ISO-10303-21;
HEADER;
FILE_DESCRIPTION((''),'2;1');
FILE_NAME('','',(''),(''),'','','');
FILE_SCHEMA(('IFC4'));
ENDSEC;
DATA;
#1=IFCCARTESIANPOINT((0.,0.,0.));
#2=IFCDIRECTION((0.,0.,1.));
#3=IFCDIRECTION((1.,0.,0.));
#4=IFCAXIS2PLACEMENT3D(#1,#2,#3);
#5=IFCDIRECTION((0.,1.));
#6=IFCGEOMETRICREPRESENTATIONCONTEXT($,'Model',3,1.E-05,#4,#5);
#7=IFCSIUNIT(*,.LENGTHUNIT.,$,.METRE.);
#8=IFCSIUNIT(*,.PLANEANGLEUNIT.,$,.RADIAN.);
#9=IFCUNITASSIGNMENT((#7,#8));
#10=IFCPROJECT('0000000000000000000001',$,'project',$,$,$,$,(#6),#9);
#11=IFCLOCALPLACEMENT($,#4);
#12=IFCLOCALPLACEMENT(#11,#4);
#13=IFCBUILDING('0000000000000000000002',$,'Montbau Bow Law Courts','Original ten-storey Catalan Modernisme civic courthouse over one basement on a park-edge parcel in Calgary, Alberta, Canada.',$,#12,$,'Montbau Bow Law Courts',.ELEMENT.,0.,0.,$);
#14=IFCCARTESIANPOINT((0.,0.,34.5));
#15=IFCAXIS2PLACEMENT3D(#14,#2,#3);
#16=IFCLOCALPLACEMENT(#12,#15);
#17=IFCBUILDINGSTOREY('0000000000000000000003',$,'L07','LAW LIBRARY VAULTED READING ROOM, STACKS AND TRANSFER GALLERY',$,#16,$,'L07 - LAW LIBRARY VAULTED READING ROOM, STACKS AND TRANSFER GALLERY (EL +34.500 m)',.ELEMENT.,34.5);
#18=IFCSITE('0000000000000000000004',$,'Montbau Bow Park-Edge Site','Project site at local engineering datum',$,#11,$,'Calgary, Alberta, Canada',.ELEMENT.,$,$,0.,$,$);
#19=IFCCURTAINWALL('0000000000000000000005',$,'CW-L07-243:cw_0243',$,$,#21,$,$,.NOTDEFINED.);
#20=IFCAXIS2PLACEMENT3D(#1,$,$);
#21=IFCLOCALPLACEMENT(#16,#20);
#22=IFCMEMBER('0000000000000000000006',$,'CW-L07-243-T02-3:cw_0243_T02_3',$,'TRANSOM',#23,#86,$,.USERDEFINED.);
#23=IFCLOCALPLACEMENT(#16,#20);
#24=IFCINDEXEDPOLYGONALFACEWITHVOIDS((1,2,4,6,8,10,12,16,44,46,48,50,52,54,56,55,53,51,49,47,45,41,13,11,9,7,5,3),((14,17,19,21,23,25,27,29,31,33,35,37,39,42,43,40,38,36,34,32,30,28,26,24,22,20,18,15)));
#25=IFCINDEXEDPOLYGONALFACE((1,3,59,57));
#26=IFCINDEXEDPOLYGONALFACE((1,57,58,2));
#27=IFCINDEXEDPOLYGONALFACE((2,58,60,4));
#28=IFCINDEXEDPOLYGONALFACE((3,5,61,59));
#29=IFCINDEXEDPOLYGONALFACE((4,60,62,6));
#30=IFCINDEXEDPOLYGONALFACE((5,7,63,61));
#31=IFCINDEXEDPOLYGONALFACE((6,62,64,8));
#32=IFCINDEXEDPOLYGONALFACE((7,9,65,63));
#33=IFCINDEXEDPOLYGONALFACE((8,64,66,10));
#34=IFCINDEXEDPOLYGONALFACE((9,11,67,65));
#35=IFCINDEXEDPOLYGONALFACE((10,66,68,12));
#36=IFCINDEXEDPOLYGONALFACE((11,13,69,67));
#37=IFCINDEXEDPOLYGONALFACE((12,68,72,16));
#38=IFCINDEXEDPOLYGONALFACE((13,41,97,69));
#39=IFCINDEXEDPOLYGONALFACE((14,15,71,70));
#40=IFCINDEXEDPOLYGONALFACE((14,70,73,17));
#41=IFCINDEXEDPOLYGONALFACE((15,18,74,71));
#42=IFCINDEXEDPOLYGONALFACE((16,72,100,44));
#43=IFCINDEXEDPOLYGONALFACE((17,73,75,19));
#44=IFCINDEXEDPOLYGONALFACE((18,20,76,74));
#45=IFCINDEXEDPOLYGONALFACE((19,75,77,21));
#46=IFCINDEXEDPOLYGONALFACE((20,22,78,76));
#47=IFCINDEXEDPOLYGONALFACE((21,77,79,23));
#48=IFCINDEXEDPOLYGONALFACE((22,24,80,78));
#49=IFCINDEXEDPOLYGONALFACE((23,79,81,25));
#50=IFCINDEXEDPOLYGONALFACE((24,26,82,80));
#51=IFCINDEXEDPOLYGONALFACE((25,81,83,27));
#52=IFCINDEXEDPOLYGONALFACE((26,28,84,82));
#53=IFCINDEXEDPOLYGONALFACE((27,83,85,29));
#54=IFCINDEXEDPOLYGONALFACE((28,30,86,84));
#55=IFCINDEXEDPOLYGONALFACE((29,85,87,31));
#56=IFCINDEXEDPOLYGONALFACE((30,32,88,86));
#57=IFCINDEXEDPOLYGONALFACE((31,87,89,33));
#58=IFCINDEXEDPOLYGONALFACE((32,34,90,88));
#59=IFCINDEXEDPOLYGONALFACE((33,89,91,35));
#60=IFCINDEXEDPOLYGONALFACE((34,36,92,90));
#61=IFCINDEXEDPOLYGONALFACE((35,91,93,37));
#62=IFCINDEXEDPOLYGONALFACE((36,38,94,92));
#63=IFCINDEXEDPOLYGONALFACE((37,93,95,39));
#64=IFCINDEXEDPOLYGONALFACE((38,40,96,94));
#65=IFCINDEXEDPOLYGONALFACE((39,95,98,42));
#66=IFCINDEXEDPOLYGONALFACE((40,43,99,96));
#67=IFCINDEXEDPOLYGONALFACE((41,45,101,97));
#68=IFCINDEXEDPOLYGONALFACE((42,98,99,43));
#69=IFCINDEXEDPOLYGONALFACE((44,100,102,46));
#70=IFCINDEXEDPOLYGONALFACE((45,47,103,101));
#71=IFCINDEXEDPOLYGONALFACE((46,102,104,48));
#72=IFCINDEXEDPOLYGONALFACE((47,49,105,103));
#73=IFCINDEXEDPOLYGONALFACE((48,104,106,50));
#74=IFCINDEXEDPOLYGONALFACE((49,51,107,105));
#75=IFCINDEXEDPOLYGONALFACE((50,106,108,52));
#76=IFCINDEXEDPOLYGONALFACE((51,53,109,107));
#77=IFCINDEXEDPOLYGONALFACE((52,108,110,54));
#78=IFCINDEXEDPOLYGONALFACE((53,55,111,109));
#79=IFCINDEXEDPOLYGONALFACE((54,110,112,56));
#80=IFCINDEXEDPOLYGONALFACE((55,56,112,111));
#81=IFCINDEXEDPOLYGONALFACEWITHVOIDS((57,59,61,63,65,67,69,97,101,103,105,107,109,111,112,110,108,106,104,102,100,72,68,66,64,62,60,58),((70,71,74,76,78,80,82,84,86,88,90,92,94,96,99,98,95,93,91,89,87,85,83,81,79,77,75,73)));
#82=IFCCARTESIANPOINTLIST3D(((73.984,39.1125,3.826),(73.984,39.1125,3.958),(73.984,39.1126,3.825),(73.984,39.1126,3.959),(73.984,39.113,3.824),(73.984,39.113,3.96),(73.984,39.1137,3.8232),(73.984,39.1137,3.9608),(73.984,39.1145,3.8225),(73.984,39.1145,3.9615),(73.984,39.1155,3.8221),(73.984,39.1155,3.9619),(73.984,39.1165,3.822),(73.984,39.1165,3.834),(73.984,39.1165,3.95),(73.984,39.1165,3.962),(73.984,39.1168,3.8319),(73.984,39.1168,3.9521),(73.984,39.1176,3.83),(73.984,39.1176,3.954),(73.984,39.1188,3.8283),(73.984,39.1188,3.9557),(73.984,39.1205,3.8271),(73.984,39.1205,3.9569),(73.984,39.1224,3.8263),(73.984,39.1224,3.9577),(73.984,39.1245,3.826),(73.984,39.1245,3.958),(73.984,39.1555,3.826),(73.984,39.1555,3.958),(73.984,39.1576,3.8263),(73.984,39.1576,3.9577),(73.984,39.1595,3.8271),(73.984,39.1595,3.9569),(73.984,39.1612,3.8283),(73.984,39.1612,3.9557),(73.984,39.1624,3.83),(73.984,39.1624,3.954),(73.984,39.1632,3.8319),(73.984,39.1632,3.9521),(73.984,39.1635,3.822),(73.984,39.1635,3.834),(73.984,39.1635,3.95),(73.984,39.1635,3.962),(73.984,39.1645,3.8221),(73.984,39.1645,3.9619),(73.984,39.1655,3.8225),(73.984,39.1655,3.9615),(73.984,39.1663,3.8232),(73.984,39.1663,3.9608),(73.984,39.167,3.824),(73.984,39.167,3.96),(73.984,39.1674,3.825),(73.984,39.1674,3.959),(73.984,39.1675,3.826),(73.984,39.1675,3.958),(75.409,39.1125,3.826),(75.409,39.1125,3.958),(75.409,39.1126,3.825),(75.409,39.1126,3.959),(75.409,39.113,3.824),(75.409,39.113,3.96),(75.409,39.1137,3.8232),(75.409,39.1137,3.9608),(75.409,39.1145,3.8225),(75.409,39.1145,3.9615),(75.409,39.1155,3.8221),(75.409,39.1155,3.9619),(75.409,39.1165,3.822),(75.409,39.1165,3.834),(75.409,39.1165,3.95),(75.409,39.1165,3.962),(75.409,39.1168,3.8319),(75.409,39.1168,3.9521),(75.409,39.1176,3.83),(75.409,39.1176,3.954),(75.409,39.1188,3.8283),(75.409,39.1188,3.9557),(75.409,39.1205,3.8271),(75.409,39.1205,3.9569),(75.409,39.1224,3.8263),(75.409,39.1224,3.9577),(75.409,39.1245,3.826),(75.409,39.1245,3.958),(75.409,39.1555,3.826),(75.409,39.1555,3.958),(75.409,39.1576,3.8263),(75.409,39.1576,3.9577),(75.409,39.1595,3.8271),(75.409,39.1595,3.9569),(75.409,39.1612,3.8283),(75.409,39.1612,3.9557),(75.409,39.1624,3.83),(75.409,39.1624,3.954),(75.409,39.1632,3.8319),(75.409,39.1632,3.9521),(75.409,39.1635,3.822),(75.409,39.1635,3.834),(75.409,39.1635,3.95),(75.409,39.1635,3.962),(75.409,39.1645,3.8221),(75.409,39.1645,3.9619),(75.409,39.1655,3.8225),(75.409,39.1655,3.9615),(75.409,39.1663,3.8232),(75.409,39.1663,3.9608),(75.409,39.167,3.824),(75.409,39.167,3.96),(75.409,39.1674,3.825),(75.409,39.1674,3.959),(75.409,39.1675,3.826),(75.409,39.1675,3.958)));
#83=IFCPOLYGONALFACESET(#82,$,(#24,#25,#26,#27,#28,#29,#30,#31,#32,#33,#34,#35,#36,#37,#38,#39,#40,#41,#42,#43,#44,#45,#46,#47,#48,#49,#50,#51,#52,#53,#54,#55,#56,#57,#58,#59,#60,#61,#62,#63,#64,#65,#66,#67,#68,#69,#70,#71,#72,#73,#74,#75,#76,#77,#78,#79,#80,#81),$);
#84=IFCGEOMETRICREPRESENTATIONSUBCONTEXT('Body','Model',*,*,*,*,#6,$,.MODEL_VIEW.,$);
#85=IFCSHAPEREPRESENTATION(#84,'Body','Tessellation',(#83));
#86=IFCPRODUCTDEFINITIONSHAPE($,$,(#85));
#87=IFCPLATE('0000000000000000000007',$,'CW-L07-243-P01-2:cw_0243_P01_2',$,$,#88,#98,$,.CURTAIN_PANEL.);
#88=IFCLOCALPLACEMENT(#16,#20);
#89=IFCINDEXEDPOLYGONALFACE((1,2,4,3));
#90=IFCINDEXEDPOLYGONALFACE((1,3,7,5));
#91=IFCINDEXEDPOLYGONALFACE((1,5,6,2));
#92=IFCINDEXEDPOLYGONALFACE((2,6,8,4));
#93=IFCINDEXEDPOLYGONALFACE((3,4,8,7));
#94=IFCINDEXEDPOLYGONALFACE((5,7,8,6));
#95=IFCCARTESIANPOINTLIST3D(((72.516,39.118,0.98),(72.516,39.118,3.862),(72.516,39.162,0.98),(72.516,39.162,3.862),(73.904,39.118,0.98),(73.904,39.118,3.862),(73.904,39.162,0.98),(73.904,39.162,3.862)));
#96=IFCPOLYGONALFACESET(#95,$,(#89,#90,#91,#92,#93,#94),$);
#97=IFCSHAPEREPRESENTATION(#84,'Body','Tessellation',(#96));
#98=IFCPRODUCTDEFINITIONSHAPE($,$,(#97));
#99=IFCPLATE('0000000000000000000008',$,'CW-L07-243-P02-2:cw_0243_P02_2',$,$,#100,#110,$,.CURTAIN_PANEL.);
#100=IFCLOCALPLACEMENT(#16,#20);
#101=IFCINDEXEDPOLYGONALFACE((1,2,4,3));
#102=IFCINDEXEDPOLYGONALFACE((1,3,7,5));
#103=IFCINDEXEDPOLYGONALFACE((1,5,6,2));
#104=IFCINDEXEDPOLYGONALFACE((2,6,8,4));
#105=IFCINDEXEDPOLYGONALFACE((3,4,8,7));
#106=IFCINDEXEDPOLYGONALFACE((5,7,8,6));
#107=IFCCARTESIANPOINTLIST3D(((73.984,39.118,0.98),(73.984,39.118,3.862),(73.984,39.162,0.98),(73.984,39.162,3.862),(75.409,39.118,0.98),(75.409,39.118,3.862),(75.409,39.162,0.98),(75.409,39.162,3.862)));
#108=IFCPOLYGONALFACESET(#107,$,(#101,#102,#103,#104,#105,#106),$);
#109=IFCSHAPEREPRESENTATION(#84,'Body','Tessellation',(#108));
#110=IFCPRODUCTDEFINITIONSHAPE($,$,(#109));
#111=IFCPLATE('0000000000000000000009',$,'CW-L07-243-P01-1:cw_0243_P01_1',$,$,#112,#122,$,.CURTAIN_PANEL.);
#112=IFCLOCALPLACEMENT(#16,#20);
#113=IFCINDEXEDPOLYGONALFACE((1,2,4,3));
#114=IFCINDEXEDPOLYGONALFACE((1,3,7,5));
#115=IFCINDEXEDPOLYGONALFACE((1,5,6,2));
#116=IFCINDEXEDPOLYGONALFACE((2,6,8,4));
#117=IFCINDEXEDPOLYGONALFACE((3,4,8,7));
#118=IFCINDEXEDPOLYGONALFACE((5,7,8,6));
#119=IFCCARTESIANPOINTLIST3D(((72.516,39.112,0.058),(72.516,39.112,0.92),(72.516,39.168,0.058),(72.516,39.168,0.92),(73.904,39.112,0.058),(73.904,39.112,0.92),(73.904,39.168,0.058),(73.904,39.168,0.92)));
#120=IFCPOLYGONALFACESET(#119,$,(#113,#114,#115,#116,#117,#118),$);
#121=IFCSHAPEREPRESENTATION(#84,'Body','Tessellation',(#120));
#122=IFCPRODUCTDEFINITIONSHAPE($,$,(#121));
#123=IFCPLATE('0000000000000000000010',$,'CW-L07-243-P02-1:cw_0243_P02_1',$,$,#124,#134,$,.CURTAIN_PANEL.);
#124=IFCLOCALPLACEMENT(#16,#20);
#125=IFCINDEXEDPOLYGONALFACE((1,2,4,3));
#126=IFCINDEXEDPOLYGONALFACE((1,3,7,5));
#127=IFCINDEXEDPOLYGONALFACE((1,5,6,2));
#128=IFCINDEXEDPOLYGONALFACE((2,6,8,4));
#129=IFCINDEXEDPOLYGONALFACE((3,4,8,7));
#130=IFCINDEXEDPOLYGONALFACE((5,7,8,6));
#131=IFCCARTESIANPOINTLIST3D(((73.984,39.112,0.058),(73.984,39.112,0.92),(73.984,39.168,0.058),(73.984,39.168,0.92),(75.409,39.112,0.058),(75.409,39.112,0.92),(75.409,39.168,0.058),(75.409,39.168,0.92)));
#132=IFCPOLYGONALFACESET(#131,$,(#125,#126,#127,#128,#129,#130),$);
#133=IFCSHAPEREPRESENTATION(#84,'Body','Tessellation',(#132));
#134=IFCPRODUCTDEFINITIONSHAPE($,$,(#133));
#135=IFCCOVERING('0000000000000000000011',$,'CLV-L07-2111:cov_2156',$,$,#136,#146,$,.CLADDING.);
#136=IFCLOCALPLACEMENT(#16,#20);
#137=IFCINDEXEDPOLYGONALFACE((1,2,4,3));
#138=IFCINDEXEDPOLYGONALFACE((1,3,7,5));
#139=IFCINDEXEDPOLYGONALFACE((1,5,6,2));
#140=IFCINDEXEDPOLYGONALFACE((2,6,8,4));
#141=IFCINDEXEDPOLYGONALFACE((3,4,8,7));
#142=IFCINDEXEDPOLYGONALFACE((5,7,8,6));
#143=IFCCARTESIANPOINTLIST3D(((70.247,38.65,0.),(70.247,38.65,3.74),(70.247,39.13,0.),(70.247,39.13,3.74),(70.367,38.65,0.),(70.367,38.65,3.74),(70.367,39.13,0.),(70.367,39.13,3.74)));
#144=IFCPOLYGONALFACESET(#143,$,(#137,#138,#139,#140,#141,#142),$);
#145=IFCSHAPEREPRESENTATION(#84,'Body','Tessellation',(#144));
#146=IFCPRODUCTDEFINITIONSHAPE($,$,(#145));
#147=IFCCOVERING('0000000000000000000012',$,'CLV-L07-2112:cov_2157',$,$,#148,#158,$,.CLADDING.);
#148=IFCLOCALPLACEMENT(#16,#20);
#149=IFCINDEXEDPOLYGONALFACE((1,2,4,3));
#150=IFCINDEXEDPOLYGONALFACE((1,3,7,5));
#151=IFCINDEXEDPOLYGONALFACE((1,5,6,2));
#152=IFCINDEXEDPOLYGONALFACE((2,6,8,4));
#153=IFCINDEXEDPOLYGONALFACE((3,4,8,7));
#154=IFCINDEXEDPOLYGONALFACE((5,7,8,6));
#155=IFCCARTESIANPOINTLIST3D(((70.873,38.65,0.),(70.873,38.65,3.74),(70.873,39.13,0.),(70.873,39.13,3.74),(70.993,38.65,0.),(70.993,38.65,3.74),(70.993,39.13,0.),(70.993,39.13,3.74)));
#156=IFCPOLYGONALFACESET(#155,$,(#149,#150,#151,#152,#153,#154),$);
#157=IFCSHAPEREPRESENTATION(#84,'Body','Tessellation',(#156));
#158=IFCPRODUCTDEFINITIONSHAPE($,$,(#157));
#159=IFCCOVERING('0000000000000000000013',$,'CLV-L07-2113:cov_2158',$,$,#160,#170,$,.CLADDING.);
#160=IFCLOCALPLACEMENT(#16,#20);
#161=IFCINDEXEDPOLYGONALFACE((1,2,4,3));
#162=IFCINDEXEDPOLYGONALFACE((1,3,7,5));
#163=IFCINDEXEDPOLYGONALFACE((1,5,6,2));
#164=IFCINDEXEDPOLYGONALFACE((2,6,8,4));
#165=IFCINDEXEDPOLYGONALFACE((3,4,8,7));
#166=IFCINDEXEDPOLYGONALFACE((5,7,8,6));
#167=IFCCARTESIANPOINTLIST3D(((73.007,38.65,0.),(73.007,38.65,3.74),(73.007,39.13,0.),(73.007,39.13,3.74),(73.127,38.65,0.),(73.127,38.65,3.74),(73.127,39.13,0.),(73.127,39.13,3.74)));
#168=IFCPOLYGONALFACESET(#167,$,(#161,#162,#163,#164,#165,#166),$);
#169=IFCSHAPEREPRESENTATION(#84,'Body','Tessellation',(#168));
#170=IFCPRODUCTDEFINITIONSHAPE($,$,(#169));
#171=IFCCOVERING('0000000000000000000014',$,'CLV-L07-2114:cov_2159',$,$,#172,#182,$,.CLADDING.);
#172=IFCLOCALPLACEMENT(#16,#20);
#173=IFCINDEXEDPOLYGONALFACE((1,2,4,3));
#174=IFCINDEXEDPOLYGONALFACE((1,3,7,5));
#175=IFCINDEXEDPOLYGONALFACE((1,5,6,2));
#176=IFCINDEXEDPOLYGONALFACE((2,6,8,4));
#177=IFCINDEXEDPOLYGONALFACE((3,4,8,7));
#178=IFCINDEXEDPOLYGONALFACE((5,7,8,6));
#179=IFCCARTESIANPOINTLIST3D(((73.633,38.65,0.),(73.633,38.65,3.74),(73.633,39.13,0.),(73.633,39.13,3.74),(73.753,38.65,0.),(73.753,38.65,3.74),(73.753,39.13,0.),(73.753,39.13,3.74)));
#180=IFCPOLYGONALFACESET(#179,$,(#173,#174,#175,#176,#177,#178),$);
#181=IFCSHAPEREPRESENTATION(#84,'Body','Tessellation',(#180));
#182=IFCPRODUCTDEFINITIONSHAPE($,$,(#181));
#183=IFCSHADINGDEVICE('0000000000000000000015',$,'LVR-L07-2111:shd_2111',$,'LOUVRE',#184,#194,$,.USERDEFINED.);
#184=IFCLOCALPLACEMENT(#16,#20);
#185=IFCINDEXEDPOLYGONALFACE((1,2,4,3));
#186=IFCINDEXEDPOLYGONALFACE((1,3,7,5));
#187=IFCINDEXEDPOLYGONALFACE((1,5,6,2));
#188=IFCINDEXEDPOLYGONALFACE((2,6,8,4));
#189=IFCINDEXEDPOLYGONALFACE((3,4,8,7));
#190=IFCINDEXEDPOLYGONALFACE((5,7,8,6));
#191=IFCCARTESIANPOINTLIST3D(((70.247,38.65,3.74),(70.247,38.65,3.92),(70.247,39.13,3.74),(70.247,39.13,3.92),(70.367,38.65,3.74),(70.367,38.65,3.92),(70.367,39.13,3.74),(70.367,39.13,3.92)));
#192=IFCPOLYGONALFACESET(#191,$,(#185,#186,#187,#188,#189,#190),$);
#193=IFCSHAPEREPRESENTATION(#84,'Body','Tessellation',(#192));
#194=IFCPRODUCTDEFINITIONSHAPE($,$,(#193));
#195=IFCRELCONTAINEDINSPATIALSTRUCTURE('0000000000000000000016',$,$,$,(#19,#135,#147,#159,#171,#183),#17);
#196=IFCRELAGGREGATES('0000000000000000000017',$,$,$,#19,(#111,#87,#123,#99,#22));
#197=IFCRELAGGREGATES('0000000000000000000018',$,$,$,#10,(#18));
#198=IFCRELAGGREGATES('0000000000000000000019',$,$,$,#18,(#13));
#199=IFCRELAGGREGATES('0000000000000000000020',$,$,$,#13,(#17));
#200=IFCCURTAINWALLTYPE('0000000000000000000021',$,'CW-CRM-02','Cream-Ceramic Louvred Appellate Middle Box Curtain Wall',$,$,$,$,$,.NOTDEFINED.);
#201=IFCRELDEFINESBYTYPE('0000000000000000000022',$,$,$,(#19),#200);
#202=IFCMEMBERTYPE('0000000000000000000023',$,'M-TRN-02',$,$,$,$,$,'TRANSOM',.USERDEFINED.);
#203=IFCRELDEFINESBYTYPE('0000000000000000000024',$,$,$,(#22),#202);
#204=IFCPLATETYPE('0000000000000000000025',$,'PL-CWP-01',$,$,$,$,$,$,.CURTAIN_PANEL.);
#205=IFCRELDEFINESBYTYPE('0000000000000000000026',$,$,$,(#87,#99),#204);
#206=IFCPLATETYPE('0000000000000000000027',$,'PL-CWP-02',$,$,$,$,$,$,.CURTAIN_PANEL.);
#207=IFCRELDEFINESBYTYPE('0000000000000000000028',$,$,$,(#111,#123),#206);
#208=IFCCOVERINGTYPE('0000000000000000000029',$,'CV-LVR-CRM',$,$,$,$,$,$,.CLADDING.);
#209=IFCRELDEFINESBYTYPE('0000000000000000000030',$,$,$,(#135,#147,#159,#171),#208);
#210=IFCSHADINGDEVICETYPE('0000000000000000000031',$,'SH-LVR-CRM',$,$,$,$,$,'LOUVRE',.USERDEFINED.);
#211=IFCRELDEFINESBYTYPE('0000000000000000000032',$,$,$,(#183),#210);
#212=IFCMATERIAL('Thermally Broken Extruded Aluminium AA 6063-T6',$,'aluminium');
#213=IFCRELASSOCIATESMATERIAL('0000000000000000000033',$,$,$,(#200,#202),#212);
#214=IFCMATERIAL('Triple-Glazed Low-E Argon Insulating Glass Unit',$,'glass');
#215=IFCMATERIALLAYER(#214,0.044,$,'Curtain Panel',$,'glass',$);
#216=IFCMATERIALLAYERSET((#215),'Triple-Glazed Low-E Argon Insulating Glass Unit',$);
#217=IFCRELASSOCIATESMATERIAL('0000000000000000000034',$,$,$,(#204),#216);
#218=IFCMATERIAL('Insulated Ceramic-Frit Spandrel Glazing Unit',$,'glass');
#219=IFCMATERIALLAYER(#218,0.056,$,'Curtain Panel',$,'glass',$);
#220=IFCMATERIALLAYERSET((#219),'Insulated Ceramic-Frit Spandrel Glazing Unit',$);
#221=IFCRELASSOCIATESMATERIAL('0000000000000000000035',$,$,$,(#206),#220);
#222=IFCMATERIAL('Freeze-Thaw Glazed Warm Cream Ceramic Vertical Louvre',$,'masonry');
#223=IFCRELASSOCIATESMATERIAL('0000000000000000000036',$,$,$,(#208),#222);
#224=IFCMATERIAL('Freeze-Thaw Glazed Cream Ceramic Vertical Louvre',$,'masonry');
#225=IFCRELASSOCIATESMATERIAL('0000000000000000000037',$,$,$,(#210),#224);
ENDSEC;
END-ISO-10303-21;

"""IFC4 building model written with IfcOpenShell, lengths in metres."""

from ifc_helpers import new_model, si_unit, direction, frame, frame_2d, origin_with_axes, origin_2d_with_axis, place, context, subcontext, project, spatial, rectangle, hollow_rectangle, extrude, material, layer, layer_set, material_profile, profile_set, type_object, element, aggregate, save


model = new_model("IFC4")

# Units and contexts
model_context = context("Model", 3, precision=1e-05, world=origin_with_axes(), true_north=direction((0.0, 1.0)))
body_context = subcontext(model_context, "Body", "Model", "MODEL_VIEW")
ifc_project = project(units=[si_unit("LENGTHUNIT", "METRE"), si_unit("PLANEANGLEUNIT", "RADIAN")], contexts=[model_context])

# Site, building, storey
site_placement = place(None, origin_with_axes())
site = spatial("IfcSite", under=ifc_project, at=site_placement, Name="Montbau Bow Park-Edge Site", Description="Project site at local engineering datum", LongName="Calgary, Alberta, Canada", CompositionType="ELEMENT", RefElevation=0.0)
building_placement = place(site_placement, origin_with_axes())
building = spatial("IfcBuilding", under=site, at=building_placement, Name="Montbau Bow Law Courts", Description="Original ten-storey Catalan Modernisme civic courthouse over one basement on a park-edge parcel in Calgary, Alberta, Canada.", LongName="Montbau Bow Law Courts", CompositionType="ELEMENT", ElevationOfRefHeight=0.0, ElevationOfTerrain=0.0)
storey_placement = place(building_placement, frame((0.0, 0.0, 34.5), z_axis=(0.0, 0.0, 1.0), x_axis=(1.0, 0.0, 0.0)))
storey = spatial("IfcBuildingStorey", under=building, at=storey_placement, Name="L07", Description="LAW LIBRARY VAULTED READING ROOM, STACKS AND TRANSFER GALLERY", LongName="L07 - LAW LIBRARY VAULTED READING ROOM, STACKS AND TRANSFER GALLERY (EL +34.500 m)", CompositionType="ELEMENT", Elevation=34.5)

# Curtain wall
ifc_material_1 = material(Name="Thermally Broken Extruded Aluminium AA 6063-T6", Category="aluminium")
curtain_wall_type = type_object("IfcCurtainWallType", Name="CW-CRM-02", Description="Cream-Ceramic Louvred Appellate Middle Box Curtain Wall", PredefinedType="NOTDEFINED", material=ifc_material_1)
curtain_wall_1_placement = place(None, frame((72.44, 39.14, 34.5), z_axis=(0.0, 0.0, 1.0), x_axis=(1.0, 0.0, 0.0)))
curtain_wall_1 = element("IfcCurtainWall", 1, at=curtain_wall_1_placement, inside=storey, type_object=curtain_wall_type, Name="CW-L07-243:cw_0243", PredefinedType="NOTDEFINED")

# Member
ifc_material_profile_1 = material_profile(ifc_material_1, hollow_rectangle(XDim=0.055, YDim=0.14, WallThickness=0.004, InnerFilletRadius=0.008, OuterFilletRadius=0.004, at=origin_2d_with_axis()), Name="CWT-140X55", Category="Main", Priority=0)
ifc_profile_set_1 = profile_set([ifc_material_profile_1], Name="Thermally Broken Extruded Aluminium AA 6063-T6")
member_type_1 = type_object("IfcMemberType", Name="M-TRN-02", ElementType="TRANSOM", PredefinedType="USERDEFINED", material=ifc_profile_set_1)
member_1_placement = place(None, frame((73.984, 39.14, 38.392), z_axis=(1.0, 0.0, 0.0), x_axis=(0.0, 1.0, 0.0)))
member_1 = element("IfcMember", 2, at=member_1_placement, type_object=member_type_1, Name="CW-L07-243-T02-3:cw_0243_T02_3", ObjectType="TRANSOM", PredefinedType="USERDEFINED", context=body_context, shape_type="SweptSolid", body=[
    extrude(hollow_rectangle(XDim=0.055, YDim=0.14, WallThickness=0.004, InnerFilletRadius=0.008, OuterFilletRadius=0.004, at=origin_2d_with_axis()), origin_with_axes(), (0.0, 0.0, 1.0), 1.425),
])

# Plates
ifc_material_2 = material(Name="Triple-Glazed Low-E Argon Insulating Glass Unit", Category="glass")
ifc_layer_1 = layer(ifc_material_2, 0.044, Name="Curtain Panel", Category="glass")
ifc_layer_set_1 = layer_set([ifc_layer_1], Name="Triple-Glazed Low-E Argon Insulating Glass Unit")
plate_type_1 = type_object("IfcPlateType", Name="PL-CWP-01", PredefinedType="CURTAIN_PANEL", material=ifc_layer_set_1)
plate_1_placement = place(None, frame((72.516, 39.14, 35.48), z_axis=(0.0, -1.0, 0.0), x_axis=(1.0, 0.0, 0.0)))
plate_1 = element("IfcPlate", 3, at=plate_1_placement, type_object=plate_type_1, Name="CW-L07-243-P01-2:cw_0243_P01_2", PredefinedType="CURTAIN_PANEL", context=body_context, shape_type="SweptSolid", body=[
    extrude(rectangle(XDim=1.388, YDim=2.882, at=frame_2d((0.694, 1.441), x_axis=(1.0, 0.0))), frame((0.0, 0.0, -0.022), z_axis=(0.0, 0.0, 1.0), x_axis=(1.0, 0.0, 0.0)), (0.0, 0.0, 1.0), 0.044),
])
plate_2_placement = place(None, frame((73.984, 39.14, 35.48), z_axis=(0.0, -1.0, 0.0), x_axis=(1.0, 0.0, 0.0)))
plate_2 = element("IfcPlate", 4, at=plate_2_placement, type_object=plate_type_1, Name="CW-L07-243-P02-2:cw_0243_P02_2", PredefinedType="CURTAIN_PANEL", context=body_context, shape_type="SweptSolid", body=[
    extrude(rectangle(XDim=1.425, YDim=2.882, at=frame_2d((0.7125, 1.441), x_axis=(1.0, 0.0))), frame((0.0, 0.0, -0.022), z_axis=(0.0, 0.0, 1.0), x_axis=(1.0, 0.0, 0.0)), (0.0, 0.0, 1.0), 0.044),
])
ifc_material_3 = material(Name="Insulated Ceramic-Frit Spandrel Glazing Unit", Category="glass")
ifc_layer_2 = layer(ifc_material_3, 0.056, Name="Curtain Panel", Category="glass")
ifc_layer_set_2 = layer_set([ifc_layer_2], Name="Insulated Ceramic-Frit Spandrel Glazing Unit")
plate_type_2 = type_object("IfcPlateType", Name="PL-CWP-02", PredefinedType="CURTAIN_PANEL", material=ifc_layer_set_2)
plate_3_placement = place(None, frame((72.516, 39.14, 34.558), z_axis=(0.0, -1.0, 0.0), x_axis=(1.0, 0.0, 0.0)))
plate_3 = element("IfcPlate", 5, at=plate_3_placement, type_object=plate_type_2, Name="CW-L07-243-P01-1:cw_0243_P01_1", PredefinedType="CURTAIN_PANEL", context=body_context, shape_type="SweptSolid", body=[
    extrude(rectangle(XDim=1.388, YDim=0.862, at=frame_2d((0.694, 0.431), x_axis=(1.0, 0.0))), frame((0.0, 0.0, -0.028), z_axis=(0.0, 0.0, 1.0), x_axis=(1.0, 0.0, 0.0)), (0.0, 0.0, 1.0), 0.056),
])
plate_4_placement = place(None, frame((73.984, 39.14, 34.558), z_axis=(0.0, -1.0, 0.0), x_axis=(1.0, 0.0, 0.0)))
plate_4 = element("IfcPlate", 6, at=plate_4_placement, type_object=plate_type_2, Name="CW-L07-243-P02-1:cw_0243_P02_1", PredefinedType="CURTAIN_PANEL", context=body_context, shape_type="SweptSolid", body=[
    extrude(rectangle(XDim=1.425, YDim=0.862, at=frame_2d((0.7125, 0.431), x_axis=(1.0, 0.0))), frame((0.0, 0.0, -0.028), z_axis=(0.0, 0.0, 1.0), x_axis=(1.0, 0.0, 0.0)), (0.0, 0.0, 1.0), 0.056),
])
aggregate(curtain_wall_1, [plate_3, plate_1, plate_4, plate_2, member_1])

# Coverings
ifc_material_4 = material(Name="Freeze-Thaw Glazed Warm Cream Ceramic Vertical Louvre", Category="masonry")
covering_type = type_object("IfcCoveringType", Name="CV-LVR-CRM", PredefinedType="CLADDING", material=ifc_material_4)
for number, where, z_axis, x_axis, name in (
    (7, (70.307, 39.13, 34.5), (-1.0, 0.0, 0.0), (0.0, -1.0, 0.0), "CLV-L07-2111:cov_2156"),
    (8, (70.933, 39.13, 34.5), (-1.0, 0.0, 0.0), (0.0, -1.0, 0.0), "CLV-L07-2112:cov_2157"),
    (9, (73.067, 39.13, 34.5), (-1.0, 0.0, 0.0), (0.0, -1.0, 0.0), "CLV-L07-2113:cov_2158"),
    (10, (73.693, 39.13, 34.5), (-1.0, 0.0, 0.0), (0.0, -1.0, 0.0), "CLV-L07-2114:cov_2159"),
):
    element("IfcCovering", number, at=place(None, frame(where, z_axis=z_axis, x_axis=x_axis)), inside=storey, type_object=covering_type, Name=name, PredefinedType="CLADDING", context=body_context, shape_type="SweptSolid", body=[
        extrude(rectangle(XDim=0.48, YDim=3.74, at=frame_2d((0.24, 1.87), x_axis=(1.0, 0.0))), frame((0.0, 0.0, -0.06), z_axis=(0.0, 0.0, 1.0), x_axis=(1.0, 0.0, 0.0)), (0.0, 0.0, 1.0), 0.12),
    ])

# Shading device
ifc_material_5 = material(Name="Freeze-Thaw Glazed Cream Ceramic Vertical Louvre", Category="masonry")
shading_device_type = type_object("IfcShadingDeviceType", Name="SH-LVR-CRM", ElementType="LOUVRE", PredefinedType="USERDEFINED", material=ifc_material_5)
for number, where, z_axis, x_axis, name in (
    (11, (70.307, 38.89, 38.24), (0.0, 0.0, 1.0), (0.0, -1.0, 0.0), "LVR-L07-2111:shd_2111"),
):
    element("IfcShadingDevice", number, at=place(None, frame(where, z_axis=z_axis, x_axis=x_axis)), inside=storey, type_object=shading_device_type, Name=name, ObjectType="LOUVRE", PredefinedType="USERDEFINED", context=body_context, shape_type="SweptSolid", body=[
        extrude(rectangle(XDim=0.48, YDim=0.12, at=origin_2d_with_axis()), origin_with_axes(), (0.0, 0.0, 1.0), 0.18),
    ])

save(model, "model.ifc")
